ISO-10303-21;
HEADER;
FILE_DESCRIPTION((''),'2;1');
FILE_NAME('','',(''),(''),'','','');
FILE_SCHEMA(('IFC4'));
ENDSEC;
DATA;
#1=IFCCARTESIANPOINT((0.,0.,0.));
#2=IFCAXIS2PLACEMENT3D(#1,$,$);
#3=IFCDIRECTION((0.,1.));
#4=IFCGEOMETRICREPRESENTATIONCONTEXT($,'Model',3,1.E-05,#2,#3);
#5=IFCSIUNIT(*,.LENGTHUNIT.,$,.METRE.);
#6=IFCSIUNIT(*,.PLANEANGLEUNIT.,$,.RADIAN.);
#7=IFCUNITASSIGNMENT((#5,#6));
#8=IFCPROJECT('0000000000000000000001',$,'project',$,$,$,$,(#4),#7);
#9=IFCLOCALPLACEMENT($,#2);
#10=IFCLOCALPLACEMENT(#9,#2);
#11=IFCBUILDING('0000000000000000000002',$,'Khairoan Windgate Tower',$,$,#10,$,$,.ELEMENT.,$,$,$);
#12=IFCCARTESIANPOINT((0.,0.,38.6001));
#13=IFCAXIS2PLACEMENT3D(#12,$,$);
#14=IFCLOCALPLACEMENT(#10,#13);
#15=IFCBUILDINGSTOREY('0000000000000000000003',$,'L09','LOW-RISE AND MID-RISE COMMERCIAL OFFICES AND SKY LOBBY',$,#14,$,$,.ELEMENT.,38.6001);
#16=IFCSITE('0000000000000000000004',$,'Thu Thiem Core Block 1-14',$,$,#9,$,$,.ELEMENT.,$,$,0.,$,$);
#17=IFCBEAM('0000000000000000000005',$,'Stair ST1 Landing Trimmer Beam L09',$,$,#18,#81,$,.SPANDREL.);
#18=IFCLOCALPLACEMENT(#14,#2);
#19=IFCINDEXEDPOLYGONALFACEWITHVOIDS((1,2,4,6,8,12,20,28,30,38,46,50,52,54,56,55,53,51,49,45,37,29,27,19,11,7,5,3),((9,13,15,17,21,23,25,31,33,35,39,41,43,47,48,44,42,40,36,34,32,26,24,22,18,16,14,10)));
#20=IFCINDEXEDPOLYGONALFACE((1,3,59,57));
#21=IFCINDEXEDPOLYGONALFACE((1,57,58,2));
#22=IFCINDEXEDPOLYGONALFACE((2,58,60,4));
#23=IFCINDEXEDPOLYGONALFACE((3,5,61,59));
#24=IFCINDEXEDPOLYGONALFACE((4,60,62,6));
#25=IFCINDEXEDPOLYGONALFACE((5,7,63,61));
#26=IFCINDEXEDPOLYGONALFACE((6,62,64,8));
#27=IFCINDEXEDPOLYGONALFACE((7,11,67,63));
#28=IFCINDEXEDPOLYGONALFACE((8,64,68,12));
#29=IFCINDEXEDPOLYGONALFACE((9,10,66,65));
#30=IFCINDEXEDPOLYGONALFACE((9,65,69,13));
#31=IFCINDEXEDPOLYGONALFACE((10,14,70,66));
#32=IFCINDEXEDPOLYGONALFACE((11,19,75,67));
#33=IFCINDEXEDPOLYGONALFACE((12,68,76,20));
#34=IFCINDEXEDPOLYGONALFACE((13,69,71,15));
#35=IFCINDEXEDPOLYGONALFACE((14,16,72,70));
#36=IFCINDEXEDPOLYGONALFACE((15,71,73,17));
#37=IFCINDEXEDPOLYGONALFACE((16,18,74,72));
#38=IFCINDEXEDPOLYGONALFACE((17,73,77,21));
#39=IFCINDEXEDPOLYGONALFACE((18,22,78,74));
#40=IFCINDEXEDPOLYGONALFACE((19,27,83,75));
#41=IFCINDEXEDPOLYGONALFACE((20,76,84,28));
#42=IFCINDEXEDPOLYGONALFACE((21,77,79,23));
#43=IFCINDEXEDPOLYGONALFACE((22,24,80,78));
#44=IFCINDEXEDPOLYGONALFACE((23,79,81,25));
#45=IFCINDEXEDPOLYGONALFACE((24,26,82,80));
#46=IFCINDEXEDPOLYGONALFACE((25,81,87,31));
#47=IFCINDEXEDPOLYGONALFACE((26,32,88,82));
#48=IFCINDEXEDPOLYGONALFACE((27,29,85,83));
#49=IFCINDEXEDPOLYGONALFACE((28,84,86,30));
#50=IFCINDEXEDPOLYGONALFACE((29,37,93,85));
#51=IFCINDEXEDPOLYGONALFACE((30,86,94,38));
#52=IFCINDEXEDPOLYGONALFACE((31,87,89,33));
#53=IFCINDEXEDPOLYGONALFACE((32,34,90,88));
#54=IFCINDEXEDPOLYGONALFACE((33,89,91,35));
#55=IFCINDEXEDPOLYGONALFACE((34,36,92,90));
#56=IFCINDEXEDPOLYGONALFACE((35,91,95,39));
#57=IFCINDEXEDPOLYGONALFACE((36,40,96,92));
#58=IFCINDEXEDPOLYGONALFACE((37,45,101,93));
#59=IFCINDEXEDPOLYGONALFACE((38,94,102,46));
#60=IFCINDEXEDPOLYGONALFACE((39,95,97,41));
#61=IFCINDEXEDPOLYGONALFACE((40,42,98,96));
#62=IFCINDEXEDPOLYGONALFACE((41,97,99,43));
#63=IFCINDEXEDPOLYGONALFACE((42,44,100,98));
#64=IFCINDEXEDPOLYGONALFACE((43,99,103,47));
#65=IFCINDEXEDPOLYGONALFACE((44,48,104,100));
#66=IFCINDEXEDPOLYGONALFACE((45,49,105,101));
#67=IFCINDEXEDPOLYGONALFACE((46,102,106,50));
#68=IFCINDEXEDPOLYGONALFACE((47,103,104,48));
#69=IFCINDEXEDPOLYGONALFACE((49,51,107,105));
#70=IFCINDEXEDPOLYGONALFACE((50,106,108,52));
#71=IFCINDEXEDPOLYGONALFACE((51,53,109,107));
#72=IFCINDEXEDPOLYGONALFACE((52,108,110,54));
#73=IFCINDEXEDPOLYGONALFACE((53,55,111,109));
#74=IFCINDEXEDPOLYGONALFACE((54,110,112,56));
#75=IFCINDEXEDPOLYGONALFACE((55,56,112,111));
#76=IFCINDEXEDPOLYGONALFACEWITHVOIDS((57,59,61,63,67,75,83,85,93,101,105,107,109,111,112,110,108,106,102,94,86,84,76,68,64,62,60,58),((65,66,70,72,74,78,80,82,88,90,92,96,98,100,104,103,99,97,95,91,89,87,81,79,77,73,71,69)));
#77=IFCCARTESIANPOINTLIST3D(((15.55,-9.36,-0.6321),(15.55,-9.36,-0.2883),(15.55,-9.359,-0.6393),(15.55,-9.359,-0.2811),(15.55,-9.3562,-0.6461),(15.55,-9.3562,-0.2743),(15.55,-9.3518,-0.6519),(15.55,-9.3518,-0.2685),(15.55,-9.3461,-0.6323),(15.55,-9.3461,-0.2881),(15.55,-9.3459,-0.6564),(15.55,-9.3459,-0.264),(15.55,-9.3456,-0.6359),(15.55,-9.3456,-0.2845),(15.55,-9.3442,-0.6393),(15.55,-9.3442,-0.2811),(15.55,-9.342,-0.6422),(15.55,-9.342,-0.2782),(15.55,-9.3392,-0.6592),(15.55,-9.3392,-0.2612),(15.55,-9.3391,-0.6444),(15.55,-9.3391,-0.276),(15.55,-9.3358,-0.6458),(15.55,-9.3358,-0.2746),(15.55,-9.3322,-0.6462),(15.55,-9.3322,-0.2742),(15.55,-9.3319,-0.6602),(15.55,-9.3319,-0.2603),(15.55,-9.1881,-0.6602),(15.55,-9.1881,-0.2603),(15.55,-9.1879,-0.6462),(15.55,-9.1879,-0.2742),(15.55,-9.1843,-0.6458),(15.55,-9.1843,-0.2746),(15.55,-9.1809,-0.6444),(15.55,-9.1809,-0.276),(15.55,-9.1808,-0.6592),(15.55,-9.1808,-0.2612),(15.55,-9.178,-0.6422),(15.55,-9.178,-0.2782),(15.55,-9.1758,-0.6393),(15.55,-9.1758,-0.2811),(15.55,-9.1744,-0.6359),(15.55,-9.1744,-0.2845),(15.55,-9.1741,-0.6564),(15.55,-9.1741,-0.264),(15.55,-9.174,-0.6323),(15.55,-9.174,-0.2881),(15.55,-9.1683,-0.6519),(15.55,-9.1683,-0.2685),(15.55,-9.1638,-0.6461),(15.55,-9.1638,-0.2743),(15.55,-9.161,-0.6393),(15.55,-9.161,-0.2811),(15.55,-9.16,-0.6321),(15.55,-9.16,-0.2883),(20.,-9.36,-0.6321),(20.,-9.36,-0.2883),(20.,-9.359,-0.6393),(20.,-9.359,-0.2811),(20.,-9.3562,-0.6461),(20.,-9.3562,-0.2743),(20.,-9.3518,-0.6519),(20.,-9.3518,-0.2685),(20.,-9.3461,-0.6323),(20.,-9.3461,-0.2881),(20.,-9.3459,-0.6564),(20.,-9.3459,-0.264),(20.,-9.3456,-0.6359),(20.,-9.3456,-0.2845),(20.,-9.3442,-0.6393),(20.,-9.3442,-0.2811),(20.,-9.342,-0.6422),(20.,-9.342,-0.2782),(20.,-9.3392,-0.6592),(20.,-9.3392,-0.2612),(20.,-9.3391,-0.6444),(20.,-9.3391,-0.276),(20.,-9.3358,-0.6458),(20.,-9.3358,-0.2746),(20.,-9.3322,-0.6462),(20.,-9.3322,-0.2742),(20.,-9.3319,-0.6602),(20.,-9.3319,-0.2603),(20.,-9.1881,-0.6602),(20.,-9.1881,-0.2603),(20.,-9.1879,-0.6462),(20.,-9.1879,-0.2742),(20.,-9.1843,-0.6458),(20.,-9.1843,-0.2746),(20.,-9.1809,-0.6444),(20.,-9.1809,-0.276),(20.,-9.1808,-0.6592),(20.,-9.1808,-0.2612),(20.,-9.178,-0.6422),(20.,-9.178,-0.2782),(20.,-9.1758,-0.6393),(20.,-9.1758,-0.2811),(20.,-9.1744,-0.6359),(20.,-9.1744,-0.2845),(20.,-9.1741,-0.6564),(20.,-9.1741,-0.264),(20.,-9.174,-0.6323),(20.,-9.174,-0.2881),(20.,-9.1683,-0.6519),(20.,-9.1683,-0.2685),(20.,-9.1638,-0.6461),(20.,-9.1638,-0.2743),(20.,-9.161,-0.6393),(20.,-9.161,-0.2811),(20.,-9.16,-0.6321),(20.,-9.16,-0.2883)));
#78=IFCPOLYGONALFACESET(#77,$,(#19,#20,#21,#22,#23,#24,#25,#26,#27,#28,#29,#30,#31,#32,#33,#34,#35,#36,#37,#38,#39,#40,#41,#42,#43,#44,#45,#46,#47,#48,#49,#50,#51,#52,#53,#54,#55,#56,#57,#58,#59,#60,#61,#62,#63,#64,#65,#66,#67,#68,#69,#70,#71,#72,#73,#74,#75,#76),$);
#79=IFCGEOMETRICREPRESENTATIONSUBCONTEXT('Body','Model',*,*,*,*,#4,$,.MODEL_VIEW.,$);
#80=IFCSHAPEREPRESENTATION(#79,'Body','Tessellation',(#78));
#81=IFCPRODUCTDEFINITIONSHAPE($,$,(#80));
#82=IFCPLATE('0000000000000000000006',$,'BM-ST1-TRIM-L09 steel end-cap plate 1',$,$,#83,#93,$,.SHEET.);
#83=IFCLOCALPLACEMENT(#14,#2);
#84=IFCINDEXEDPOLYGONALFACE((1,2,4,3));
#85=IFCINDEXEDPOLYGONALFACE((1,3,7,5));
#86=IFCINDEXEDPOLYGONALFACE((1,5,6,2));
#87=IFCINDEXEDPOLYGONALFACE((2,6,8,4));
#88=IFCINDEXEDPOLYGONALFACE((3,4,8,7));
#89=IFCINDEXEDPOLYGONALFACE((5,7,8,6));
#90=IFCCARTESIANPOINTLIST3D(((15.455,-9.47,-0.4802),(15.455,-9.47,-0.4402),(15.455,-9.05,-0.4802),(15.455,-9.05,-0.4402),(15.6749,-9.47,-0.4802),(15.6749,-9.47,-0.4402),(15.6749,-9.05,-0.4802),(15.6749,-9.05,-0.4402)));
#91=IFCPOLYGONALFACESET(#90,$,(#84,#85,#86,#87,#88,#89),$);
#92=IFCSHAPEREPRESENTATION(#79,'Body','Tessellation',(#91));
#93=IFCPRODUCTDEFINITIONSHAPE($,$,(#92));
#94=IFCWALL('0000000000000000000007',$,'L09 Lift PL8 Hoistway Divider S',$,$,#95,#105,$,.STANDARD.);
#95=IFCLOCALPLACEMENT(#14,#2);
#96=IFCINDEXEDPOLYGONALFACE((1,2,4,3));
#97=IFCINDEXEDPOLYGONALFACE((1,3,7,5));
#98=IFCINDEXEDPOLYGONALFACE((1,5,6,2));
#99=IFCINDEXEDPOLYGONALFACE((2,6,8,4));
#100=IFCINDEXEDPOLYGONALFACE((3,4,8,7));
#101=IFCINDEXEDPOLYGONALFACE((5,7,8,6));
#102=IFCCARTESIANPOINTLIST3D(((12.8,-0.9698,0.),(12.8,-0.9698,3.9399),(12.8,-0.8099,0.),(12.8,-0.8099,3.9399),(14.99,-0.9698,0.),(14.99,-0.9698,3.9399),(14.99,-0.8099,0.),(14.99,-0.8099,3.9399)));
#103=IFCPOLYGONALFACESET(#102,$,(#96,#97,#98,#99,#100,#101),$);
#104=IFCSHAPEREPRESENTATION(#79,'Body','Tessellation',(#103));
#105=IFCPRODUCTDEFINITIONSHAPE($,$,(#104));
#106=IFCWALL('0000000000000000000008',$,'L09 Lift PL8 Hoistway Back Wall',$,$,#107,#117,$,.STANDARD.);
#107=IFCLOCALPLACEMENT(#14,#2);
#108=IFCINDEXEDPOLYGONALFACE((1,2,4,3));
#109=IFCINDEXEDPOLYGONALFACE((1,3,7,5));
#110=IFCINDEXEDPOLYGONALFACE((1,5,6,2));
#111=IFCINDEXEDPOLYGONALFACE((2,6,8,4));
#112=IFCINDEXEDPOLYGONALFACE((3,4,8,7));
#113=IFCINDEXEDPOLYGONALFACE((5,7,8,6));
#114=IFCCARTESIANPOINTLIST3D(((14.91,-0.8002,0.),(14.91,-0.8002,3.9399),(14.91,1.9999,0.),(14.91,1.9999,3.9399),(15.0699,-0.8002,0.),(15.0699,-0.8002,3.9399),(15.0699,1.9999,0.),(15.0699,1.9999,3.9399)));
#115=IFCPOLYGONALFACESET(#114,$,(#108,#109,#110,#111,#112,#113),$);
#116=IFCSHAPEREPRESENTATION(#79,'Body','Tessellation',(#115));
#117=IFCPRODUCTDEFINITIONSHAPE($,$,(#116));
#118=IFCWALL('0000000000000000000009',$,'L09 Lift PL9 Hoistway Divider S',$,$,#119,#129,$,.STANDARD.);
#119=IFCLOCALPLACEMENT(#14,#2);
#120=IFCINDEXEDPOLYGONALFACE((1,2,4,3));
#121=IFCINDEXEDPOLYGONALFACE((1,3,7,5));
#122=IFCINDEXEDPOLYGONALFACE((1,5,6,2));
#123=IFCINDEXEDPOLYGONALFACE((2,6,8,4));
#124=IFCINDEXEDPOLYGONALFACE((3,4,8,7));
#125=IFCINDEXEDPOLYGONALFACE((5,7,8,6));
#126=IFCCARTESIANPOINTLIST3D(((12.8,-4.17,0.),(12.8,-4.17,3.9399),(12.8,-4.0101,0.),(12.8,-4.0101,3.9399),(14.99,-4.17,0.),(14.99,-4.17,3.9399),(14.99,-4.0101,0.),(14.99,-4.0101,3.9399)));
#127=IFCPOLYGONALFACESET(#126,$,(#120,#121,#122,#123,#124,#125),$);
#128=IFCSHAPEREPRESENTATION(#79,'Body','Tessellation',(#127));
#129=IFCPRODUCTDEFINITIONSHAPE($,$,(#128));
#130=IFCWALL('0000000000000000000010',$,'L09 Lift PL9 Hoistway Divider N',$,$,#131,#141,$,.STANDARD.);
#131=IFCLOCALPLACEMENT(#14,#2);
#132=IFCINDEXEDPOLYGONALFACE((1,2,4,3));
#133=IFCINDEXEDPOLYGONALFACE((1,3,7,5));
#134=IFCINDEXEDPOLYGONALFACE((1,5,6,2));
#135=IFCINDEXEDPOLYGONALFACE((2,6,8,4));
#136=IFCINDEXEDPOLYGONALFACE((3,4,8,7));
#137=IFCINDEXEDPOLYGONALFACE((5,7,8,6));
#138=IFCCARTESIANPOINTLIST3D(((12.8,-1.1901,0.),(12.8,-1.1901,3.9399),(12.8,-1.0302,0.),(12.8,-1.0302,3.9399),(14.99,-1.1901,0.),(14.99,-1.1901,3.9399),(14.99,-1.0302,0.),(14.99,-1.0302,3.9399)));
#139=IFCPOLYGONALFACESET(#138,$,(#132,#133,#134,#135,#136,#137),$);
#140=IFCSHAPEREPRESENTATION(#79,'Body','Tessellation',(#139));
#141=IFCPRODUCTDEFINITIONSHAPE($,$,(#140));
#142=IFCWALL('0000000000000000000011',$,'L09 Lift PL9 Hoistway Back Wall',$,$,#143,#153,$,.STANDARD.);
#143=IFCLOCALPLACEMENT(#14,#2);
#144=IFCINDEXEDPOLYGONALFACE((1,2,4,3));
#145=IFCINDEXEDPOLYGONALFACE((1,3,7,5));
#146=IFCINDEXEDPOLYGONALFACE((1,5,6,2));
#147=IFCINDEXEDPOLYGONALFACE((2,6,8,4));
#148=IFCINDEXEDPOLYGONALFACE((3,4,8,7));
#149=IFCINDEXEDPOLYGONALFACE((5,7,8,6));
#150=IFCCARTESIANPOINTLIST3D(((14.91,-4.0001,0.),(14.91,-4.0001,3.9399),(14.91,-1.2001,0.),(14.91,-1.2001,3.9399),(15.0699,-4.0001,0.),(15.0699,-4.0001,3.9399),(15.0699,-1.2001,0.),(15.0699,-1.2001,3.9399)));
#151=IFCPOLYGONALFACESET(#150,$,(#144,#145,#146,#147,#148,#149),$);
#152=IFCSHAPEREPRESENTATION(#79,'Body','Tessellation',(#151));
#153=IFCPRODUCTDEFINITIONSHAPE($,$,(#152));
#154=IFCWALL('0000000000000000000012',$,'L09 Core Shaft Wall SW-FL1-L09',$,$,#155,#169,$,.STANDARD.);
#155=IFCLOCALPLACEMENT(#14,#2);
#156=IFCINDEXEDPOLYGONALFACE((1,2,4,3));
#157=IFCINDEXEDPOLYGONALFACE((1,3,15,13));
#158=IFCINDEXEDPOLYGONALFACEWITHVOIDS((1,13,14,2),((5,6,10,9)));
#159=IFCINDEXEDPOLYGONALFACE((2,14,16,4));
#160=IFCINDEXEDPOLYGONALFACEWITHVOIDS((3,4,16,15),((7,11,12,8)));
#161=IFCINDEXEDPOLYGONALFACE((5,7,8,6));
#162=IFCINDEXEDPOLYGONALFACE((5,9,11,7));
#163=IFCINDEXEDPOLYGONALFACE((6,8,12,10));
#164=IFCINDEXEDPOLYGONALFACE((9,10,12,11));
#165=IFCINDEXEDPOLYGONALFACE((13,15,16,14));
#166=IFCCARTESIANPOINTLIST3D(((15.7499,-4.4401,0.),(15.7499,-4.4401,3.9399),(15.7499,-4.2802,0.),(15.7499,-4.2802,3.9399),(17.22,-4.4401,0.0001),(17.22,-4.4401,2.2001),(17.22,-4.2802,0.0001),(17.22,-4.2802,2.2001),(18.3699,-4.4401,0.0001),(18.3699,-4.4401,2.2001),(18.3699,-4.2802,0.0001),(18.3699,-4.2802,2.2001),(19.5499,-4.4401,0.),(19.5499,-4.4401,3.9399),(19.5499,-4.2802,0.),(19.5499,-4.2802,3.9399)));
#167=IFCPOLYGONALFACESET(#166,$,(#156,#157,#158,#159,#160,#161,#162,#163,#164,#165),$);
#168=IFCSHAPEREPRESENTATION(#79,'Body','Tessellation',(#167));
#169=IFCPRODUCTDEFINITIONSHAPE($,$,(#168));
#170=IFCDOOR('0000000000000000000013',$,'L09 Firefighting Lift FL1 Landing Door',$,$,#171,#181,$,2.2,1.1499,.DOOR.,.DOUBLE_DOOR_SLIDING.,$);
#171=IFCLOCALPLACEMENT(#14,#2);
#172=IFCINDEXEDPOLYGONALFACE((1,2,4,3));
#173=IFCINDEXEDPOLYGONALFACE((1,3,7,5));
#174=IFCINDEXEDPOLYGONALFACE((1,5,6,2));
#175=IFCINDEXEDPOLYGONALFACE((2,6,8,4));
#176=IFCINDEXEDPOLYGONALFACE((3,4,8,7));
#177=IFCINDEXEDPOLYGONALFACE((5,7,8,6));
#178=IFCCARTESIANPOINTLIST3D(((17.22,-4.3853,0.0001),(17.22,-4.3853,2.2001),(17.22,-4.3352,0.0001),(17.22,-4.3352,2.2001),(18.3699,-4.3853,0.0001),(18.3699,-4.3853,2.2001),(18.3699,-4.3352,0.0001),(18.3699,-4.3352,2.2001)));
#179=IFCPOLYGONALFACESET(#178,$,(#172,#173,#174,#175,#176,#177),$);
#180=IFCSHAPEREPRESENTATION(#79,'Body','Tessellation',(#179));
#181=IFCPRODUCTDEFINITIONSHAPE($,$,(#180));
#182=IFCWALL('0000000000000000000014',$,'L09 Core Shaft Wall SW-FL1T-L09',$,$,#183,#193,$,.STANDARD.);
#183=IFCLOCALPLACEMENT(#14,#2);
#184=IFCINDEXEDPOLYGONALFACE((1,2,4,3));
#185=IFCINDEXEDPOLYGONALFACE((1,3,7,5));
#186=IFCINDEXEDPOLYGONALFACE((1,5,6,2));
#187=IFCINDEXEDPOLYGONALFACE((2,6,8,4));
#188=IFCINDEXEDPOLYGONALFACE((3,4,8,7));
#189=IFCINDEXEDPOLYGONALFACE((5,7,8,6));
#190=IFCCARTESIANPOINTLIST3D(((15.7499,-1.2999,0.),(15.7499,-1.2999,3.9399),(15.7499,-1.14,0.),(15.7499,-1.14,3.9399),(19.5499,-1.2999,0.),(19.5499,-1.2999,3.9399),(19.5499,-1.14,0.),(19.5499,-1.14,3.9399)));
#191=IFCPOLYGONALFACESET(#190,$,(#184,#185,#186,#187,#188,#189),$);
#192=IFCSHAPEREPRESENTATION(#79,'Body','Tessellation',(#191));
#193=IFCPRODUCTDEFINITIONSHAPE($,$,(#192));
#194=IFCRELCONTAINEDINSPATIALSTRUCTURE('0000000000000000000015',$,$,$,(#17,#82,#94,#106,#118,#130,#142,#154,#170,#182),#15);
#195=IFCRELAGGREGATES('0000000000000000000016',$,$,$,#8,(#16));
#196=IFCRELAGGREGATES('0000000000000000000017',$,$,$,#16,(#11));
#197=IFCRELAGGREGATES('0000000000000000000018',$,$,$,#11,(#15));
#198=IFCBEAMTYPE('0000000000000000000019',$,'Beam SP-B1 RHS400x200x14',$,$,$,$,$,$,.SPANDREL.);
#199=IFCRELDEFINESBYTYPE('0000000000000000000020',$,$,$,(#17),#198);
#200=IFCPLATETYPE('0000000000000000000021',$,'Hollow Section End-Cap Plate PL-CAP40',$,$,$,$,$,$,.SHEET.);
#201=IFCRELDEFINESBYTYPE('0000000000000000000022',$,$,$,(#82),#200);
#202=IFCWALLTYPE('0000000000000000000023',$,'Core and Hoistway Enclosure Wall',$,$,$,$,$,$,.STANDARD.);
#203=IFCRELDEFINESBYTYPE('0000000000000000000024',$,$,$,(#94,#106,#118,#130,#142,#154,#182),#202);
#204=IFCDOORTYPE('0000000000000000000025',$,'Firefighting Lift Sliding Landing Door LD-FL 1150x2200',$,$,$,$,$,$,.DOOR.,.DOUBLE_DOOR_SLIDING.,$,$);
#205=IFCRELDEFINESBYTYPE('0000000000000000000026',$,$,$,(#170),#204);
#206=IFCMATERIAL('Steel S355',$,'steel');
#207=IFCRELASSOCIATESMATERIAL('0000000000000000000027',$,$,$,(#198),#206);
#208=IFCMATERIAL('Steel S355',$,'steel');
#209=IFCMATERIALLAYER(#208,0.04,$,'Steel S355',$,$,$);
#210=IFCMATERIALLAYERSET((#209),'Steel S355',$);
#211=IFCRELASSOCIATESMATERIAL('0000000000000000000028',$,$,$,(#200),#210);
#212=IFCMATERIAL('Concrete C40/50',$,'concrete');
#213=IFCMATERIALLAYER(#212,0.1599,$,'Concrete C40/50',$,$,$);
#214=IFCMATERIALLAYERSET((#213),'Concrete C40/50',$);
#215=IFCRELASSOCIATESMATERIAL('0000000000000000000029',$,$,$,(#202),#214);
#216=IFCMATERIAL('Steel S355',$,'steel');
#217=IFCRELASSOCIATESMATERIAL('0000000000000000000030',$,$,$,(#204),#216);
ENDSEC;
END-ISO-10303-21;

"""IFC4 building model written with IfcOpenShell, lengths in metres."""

from ifc_helpers import new_model, si_unit, direction, frame, frame_2d, origin, origin_2d, place, context, subcontext, project, spatial, rectangle, hollow_rectangle, extrude, material, layer, layer_set, material_profile, profile_set, type_object, element, fill, save


model = new_model("IFC4")

# Units and contexts
model_context = context("Model", 3, precision=1e-05, world=origin(), true_north=direction((0.0, 1.0)))
body_context = subcontext(model_context, "Body", "Model", "MODEL_VIEW")
ifc_project = project(units=[si_unit("LENGTHUNIT", "METRE"), si_unit("PLANEANGLEUNIT", "RADIAN")], contexts=[model_context])

# Site, building, storey
site_placement = place(None, origin())
site = spatial("IfcSite", under=ifc_project, at=site_placement, Name="Thu Thiem Core Block 1-14", CompositionType="ELEMENT", RefElevation=0.0)
building_placement = place(site_placement, origin())
building = spatial("IfcBuilding", under=site, at=building_placement, Name="Khairoan Windgate Tower", CompositionType="ELEMENT")
storey_placement = place(building_placement, frame((0.0, 0.0, 38.6001)))
storey = spatial("IfcBuildingStorey", under=building, at=storey_placement, Name="L09", Description="LOW-RISE AND MID-RISE COMMERCIAL OFFICES AND SKY LOBBY", CompositionType="ELEMENT", Elevation=38.6001)

# Beam
ifc_material_1 = material(Name="Steel S355", Category="steel")
ifc_material_profile_1 = material_profile(ifc_material_1, hollow_rectangle(XDim=0.2, YDim=0.3999, WallThickness=0.0139, InnerFilletRadius=0.0139, OuterFilletRadius=0.0281, at=origin_2d()))
ifc_profile_set_1 = profile_set([ifc_material_profile_1], Name="Steel S355")
beam_type_1 = type_object("IfcBeamType", Name="Beam SP-B1 RHS400x200x14", PredefinedType="SPANDREL", material=ifc_profile_set_1)
beam_1_placement = place(storey_placement, frame((15.55, -9.26, -0.4602), z_axis=(1.0, 0.0, 0.0), x_axis=(0.0, 1.0, 0.0)))
element("IfcBeam", 1, at=beam_1_placement, inside=storey, type_object=beam_type_1, Name="Stair ST1 Landing Trimmer Beam L09", PredefinedType="SPANDREL", context=body_context, shape_type="SweptSolid", body=[
    extrude(hollow_rectangle(XDim=0.2, YDim=0.3999, WallThickness=0.0139, InnerFilletRadius=0.0139, OuterFilletRadius=0.0281, at=origin_2d()), origin(), (0.0, 0.0, 1.0), 4.45),
])

# Plate
ifc_material_2 = material(Name="Steel S355", Category="steel")
ifc_layer_1 = layer(ifc_material_2, 0.04, Name="Steel S355")
ifc_layer_set_1 = layer_set([ifc_layer_1], Name="Steel S355")
plate_type = type_object("IfcPlateType", Name="Hollow Section End-Cap Plate PL-CAP40", PredefinedType="SHEET", material=ifc_layer_set_1)
plate_placement = place(storey_placement, frame((15.5649, -9.26, -0.4802), z_axis=(0.0, 0.0, 1.0), x_axis=(1.0, 0.0, 0.0)))
element("IfcPlate", 2, at=plate_placement, inside=storey, type_object=plate_type, Name="BM-ST1-TRIM-L09 steel end-cap plate 1", PredefinedType="SHEET", context=body_context, shape_type="SweptSolid", body=[
    extrude(rectangle(XDim=0.22, YDim=0.4199, at=origin_2d()), origin(), (0.0, 0.0, 1.0), 0.04),
])

# Walls
ifc_material_3 = material(Name="Concrete C40/50", Category="concrete")
ifc_layer_2 = layer(ifc_material_3, 0.1599, Name="Concrete C40/50")
ifc_layer_set_2 = layer_set([ifc_layer_2], Name="Concrete C40/50")
wall_type = type_object("IfcWallType", Name="Core and Hoistway Enclosure Wall", PredefinedType="STANDARD", material=ifc_layer_set_2)
wall_1_placement = place(storey_placement, frame((12.8, -0.8899, 0.0), z_axis=(0.0, 0.0, 1.0), x_axis=(1.0, 0.0, 0.0)))
element("IfcWall", 3, at=wall_1_placement, inside=storey, type_object=wall_type, Name="L09 Lift PL8 Hoistway Divider S", PredefinedType="STANDARD", context=body_context, shape_type="SweptSolid", body=[
    extrude(rectangle(XDim=2.1899, YDim=0.1599, at=frame_2d((1.095, 0.0))), origin(), (0.0, 0.0, 1.0), 3.9399),
])
wall_2_placement = place(storey_placement, frame((14.99, -0.8, 0.0), z_axis=(0.0, 0.0, 1.0), x_axis=(0.0, 1.0, 0.0)))
element("IfcWall", 4, at=wall_2_placement, inside=storey, type_object=wall_type, Name="L09 Lift PL8 Hoistway Back Wall", PredefinedType="STANDARD", context=body_context, shape_type="SweptSolid", body=[
    extrude(rectangle(XDim=2.8, YDim=0.1599, at=frame_2d((1.3999, 0.0))), origin(), (0.0, 0.0, 1.0), 3.9399),
])
for number, where, z_axis, x_axis, name in (
    (5, (12.8, -4.0901, 0.0), (0.0, 0.0, 1.0), (1.0, 0.0, 0.0), "L09 Lift PL9 Hoistway Divider S"),
    (6, (12.8, -1.1101, 0.0), (0.0, 0.0, 1.0), (1.0, 0.0, 0.0), "L09 Lift PL9 Hoistway Divider N"),
):
    element("IfcWall", number, at=place(storey_placement, frame(where, z_axis=z_axis, x_axis=x_axis)), inside=storey, type_object=wall_type, Name=name, PredefinedType="STANDARD", context=body_context, shape_type="SweptSolid", body=[
        extrude(rectangle(XDim=2.1899, YDim=0.1599, at=frame_2d((1.095, 0.0))), origin(), (0.0, 0.0, 1.0), 3.9399),
    ])
wall_3_placement = place(storey_placement, frame((14.99, -4.0, 0.0), z_axis=(0.0, 0.0, 1.0), x_axis=(0.0, 1.0, 0.0)))
element("IfcWall", 7, at=wall_3_placement, inside=storey, type_object=wall_type, Name="L09 Lift PL9 Hoistway Back Wall", PredefinedType="STANDARD", context=body_context, shape_type="SweptSolid", body=[
    extrude(rectangle(XDim=2.8, YDim=0.1599, at=frame_2d((1.3999, 0.0))), origin(), (0.0, 0.0, 1.0), 3.9399),
])

# Wall, opening, door
wall_4_placement = place(storey_placement, frame((15.75, -4.3601, 0.0), z_axis=(0.0, 0.0, 1.0), x_axis=(1.0, 0.0, 0.0)))
wall_4 = element("IfcWall", 8, at=wall_4_placement, inside=storey, type_object=wall_type, Name="L09 Core Shaft Wall SW-FL1-L09", PredefinedType="STANDARD", context=body_context, shape_type="SweptSolid", body=[
    extrude(rectangle(XDim=3.8, YDim=0.1599, at=frame_2d((1.8999, 0.0))), origin(), (0.0, 0.0, 1.0), 3.9399),
])
opening_placement = place(wall_4_placement, frame((1.47, 0.0, 0.0)))
opening = element("IfcOpeningElement", 9, at=opening_placement, cuts=wall_4, PredefinedType="OPENING", context=body_context, shape_type="SweptSolid", body=[
    extrude(rectangle(XDim=1.1499, YDim=2.2, at=frame_2d((0.575, 1.1001))), frame((0.0, 0.0898, 0.0), z_axis=(0.0, -1.0, 0.0), x_axis=(1.0, 0.0, 0.0)), (0.0, 0.0, 1.0), 0.1799),
])
ifc_material_4 = material(Name="Steel S355", Category="steel")
door_type = type_object("IfcDoorType", Name="Firefighting Lift Sliding Landing Door LD-FL 1150x2200", OperationType="DOUBLE_DOOR_SLIDING", PredefinedType="DOOR", material=ifc_material_4)
door_placement = place(opening_placement, origin())
door = element("IfcDoor", 10, at=door_placement, inside=storey, type_object=door_type, Name="L09 Firefighting Lift FL1 Landing Door", OperationType="DOUBLE_DOOR_SLIDING", OverallHeight=2.2, OverallWidth=1.1499, PredefinedType="DOOR", context=body_context, shape_type="SweptSolid", body=[
    extrude(rectangle(XDim=1.1499, YDim=2.2, at=frame_2d((0.575, 1.1001))), frame((0.0, 0.0249, 0.0), z_axis=(0.0, -1.0, 0.0), x_axis=(1.0, 0.0, 0.0)), (0.0, 0.0, 1.0), 0.05),
])
fill(opening, door)

# Wall
wall_5_placement = place(storey_placement, frame((15.75, -1.22, 0.0), z_axis=(0.0, 0.0, 1.0), x_axis=(1.0, 0.0, 0.0)))
element("IfcWall", 11, at=wall_5_placement, inside=storey, type_object=wall_type, Name="L09 Core Shaft Wall SW-FL1T-L09", PredefinedType="STANDARD", context=body_context, shape_type="SweptSolid", body=[
    extrude(rectangle(XDim=3.8, YDim=0.1599, at=frame_2d((1.8999, 0.0))), origin(), (0.0, 0.0, 1.0), 3.9399),
])

save(model, "model.ifc")
